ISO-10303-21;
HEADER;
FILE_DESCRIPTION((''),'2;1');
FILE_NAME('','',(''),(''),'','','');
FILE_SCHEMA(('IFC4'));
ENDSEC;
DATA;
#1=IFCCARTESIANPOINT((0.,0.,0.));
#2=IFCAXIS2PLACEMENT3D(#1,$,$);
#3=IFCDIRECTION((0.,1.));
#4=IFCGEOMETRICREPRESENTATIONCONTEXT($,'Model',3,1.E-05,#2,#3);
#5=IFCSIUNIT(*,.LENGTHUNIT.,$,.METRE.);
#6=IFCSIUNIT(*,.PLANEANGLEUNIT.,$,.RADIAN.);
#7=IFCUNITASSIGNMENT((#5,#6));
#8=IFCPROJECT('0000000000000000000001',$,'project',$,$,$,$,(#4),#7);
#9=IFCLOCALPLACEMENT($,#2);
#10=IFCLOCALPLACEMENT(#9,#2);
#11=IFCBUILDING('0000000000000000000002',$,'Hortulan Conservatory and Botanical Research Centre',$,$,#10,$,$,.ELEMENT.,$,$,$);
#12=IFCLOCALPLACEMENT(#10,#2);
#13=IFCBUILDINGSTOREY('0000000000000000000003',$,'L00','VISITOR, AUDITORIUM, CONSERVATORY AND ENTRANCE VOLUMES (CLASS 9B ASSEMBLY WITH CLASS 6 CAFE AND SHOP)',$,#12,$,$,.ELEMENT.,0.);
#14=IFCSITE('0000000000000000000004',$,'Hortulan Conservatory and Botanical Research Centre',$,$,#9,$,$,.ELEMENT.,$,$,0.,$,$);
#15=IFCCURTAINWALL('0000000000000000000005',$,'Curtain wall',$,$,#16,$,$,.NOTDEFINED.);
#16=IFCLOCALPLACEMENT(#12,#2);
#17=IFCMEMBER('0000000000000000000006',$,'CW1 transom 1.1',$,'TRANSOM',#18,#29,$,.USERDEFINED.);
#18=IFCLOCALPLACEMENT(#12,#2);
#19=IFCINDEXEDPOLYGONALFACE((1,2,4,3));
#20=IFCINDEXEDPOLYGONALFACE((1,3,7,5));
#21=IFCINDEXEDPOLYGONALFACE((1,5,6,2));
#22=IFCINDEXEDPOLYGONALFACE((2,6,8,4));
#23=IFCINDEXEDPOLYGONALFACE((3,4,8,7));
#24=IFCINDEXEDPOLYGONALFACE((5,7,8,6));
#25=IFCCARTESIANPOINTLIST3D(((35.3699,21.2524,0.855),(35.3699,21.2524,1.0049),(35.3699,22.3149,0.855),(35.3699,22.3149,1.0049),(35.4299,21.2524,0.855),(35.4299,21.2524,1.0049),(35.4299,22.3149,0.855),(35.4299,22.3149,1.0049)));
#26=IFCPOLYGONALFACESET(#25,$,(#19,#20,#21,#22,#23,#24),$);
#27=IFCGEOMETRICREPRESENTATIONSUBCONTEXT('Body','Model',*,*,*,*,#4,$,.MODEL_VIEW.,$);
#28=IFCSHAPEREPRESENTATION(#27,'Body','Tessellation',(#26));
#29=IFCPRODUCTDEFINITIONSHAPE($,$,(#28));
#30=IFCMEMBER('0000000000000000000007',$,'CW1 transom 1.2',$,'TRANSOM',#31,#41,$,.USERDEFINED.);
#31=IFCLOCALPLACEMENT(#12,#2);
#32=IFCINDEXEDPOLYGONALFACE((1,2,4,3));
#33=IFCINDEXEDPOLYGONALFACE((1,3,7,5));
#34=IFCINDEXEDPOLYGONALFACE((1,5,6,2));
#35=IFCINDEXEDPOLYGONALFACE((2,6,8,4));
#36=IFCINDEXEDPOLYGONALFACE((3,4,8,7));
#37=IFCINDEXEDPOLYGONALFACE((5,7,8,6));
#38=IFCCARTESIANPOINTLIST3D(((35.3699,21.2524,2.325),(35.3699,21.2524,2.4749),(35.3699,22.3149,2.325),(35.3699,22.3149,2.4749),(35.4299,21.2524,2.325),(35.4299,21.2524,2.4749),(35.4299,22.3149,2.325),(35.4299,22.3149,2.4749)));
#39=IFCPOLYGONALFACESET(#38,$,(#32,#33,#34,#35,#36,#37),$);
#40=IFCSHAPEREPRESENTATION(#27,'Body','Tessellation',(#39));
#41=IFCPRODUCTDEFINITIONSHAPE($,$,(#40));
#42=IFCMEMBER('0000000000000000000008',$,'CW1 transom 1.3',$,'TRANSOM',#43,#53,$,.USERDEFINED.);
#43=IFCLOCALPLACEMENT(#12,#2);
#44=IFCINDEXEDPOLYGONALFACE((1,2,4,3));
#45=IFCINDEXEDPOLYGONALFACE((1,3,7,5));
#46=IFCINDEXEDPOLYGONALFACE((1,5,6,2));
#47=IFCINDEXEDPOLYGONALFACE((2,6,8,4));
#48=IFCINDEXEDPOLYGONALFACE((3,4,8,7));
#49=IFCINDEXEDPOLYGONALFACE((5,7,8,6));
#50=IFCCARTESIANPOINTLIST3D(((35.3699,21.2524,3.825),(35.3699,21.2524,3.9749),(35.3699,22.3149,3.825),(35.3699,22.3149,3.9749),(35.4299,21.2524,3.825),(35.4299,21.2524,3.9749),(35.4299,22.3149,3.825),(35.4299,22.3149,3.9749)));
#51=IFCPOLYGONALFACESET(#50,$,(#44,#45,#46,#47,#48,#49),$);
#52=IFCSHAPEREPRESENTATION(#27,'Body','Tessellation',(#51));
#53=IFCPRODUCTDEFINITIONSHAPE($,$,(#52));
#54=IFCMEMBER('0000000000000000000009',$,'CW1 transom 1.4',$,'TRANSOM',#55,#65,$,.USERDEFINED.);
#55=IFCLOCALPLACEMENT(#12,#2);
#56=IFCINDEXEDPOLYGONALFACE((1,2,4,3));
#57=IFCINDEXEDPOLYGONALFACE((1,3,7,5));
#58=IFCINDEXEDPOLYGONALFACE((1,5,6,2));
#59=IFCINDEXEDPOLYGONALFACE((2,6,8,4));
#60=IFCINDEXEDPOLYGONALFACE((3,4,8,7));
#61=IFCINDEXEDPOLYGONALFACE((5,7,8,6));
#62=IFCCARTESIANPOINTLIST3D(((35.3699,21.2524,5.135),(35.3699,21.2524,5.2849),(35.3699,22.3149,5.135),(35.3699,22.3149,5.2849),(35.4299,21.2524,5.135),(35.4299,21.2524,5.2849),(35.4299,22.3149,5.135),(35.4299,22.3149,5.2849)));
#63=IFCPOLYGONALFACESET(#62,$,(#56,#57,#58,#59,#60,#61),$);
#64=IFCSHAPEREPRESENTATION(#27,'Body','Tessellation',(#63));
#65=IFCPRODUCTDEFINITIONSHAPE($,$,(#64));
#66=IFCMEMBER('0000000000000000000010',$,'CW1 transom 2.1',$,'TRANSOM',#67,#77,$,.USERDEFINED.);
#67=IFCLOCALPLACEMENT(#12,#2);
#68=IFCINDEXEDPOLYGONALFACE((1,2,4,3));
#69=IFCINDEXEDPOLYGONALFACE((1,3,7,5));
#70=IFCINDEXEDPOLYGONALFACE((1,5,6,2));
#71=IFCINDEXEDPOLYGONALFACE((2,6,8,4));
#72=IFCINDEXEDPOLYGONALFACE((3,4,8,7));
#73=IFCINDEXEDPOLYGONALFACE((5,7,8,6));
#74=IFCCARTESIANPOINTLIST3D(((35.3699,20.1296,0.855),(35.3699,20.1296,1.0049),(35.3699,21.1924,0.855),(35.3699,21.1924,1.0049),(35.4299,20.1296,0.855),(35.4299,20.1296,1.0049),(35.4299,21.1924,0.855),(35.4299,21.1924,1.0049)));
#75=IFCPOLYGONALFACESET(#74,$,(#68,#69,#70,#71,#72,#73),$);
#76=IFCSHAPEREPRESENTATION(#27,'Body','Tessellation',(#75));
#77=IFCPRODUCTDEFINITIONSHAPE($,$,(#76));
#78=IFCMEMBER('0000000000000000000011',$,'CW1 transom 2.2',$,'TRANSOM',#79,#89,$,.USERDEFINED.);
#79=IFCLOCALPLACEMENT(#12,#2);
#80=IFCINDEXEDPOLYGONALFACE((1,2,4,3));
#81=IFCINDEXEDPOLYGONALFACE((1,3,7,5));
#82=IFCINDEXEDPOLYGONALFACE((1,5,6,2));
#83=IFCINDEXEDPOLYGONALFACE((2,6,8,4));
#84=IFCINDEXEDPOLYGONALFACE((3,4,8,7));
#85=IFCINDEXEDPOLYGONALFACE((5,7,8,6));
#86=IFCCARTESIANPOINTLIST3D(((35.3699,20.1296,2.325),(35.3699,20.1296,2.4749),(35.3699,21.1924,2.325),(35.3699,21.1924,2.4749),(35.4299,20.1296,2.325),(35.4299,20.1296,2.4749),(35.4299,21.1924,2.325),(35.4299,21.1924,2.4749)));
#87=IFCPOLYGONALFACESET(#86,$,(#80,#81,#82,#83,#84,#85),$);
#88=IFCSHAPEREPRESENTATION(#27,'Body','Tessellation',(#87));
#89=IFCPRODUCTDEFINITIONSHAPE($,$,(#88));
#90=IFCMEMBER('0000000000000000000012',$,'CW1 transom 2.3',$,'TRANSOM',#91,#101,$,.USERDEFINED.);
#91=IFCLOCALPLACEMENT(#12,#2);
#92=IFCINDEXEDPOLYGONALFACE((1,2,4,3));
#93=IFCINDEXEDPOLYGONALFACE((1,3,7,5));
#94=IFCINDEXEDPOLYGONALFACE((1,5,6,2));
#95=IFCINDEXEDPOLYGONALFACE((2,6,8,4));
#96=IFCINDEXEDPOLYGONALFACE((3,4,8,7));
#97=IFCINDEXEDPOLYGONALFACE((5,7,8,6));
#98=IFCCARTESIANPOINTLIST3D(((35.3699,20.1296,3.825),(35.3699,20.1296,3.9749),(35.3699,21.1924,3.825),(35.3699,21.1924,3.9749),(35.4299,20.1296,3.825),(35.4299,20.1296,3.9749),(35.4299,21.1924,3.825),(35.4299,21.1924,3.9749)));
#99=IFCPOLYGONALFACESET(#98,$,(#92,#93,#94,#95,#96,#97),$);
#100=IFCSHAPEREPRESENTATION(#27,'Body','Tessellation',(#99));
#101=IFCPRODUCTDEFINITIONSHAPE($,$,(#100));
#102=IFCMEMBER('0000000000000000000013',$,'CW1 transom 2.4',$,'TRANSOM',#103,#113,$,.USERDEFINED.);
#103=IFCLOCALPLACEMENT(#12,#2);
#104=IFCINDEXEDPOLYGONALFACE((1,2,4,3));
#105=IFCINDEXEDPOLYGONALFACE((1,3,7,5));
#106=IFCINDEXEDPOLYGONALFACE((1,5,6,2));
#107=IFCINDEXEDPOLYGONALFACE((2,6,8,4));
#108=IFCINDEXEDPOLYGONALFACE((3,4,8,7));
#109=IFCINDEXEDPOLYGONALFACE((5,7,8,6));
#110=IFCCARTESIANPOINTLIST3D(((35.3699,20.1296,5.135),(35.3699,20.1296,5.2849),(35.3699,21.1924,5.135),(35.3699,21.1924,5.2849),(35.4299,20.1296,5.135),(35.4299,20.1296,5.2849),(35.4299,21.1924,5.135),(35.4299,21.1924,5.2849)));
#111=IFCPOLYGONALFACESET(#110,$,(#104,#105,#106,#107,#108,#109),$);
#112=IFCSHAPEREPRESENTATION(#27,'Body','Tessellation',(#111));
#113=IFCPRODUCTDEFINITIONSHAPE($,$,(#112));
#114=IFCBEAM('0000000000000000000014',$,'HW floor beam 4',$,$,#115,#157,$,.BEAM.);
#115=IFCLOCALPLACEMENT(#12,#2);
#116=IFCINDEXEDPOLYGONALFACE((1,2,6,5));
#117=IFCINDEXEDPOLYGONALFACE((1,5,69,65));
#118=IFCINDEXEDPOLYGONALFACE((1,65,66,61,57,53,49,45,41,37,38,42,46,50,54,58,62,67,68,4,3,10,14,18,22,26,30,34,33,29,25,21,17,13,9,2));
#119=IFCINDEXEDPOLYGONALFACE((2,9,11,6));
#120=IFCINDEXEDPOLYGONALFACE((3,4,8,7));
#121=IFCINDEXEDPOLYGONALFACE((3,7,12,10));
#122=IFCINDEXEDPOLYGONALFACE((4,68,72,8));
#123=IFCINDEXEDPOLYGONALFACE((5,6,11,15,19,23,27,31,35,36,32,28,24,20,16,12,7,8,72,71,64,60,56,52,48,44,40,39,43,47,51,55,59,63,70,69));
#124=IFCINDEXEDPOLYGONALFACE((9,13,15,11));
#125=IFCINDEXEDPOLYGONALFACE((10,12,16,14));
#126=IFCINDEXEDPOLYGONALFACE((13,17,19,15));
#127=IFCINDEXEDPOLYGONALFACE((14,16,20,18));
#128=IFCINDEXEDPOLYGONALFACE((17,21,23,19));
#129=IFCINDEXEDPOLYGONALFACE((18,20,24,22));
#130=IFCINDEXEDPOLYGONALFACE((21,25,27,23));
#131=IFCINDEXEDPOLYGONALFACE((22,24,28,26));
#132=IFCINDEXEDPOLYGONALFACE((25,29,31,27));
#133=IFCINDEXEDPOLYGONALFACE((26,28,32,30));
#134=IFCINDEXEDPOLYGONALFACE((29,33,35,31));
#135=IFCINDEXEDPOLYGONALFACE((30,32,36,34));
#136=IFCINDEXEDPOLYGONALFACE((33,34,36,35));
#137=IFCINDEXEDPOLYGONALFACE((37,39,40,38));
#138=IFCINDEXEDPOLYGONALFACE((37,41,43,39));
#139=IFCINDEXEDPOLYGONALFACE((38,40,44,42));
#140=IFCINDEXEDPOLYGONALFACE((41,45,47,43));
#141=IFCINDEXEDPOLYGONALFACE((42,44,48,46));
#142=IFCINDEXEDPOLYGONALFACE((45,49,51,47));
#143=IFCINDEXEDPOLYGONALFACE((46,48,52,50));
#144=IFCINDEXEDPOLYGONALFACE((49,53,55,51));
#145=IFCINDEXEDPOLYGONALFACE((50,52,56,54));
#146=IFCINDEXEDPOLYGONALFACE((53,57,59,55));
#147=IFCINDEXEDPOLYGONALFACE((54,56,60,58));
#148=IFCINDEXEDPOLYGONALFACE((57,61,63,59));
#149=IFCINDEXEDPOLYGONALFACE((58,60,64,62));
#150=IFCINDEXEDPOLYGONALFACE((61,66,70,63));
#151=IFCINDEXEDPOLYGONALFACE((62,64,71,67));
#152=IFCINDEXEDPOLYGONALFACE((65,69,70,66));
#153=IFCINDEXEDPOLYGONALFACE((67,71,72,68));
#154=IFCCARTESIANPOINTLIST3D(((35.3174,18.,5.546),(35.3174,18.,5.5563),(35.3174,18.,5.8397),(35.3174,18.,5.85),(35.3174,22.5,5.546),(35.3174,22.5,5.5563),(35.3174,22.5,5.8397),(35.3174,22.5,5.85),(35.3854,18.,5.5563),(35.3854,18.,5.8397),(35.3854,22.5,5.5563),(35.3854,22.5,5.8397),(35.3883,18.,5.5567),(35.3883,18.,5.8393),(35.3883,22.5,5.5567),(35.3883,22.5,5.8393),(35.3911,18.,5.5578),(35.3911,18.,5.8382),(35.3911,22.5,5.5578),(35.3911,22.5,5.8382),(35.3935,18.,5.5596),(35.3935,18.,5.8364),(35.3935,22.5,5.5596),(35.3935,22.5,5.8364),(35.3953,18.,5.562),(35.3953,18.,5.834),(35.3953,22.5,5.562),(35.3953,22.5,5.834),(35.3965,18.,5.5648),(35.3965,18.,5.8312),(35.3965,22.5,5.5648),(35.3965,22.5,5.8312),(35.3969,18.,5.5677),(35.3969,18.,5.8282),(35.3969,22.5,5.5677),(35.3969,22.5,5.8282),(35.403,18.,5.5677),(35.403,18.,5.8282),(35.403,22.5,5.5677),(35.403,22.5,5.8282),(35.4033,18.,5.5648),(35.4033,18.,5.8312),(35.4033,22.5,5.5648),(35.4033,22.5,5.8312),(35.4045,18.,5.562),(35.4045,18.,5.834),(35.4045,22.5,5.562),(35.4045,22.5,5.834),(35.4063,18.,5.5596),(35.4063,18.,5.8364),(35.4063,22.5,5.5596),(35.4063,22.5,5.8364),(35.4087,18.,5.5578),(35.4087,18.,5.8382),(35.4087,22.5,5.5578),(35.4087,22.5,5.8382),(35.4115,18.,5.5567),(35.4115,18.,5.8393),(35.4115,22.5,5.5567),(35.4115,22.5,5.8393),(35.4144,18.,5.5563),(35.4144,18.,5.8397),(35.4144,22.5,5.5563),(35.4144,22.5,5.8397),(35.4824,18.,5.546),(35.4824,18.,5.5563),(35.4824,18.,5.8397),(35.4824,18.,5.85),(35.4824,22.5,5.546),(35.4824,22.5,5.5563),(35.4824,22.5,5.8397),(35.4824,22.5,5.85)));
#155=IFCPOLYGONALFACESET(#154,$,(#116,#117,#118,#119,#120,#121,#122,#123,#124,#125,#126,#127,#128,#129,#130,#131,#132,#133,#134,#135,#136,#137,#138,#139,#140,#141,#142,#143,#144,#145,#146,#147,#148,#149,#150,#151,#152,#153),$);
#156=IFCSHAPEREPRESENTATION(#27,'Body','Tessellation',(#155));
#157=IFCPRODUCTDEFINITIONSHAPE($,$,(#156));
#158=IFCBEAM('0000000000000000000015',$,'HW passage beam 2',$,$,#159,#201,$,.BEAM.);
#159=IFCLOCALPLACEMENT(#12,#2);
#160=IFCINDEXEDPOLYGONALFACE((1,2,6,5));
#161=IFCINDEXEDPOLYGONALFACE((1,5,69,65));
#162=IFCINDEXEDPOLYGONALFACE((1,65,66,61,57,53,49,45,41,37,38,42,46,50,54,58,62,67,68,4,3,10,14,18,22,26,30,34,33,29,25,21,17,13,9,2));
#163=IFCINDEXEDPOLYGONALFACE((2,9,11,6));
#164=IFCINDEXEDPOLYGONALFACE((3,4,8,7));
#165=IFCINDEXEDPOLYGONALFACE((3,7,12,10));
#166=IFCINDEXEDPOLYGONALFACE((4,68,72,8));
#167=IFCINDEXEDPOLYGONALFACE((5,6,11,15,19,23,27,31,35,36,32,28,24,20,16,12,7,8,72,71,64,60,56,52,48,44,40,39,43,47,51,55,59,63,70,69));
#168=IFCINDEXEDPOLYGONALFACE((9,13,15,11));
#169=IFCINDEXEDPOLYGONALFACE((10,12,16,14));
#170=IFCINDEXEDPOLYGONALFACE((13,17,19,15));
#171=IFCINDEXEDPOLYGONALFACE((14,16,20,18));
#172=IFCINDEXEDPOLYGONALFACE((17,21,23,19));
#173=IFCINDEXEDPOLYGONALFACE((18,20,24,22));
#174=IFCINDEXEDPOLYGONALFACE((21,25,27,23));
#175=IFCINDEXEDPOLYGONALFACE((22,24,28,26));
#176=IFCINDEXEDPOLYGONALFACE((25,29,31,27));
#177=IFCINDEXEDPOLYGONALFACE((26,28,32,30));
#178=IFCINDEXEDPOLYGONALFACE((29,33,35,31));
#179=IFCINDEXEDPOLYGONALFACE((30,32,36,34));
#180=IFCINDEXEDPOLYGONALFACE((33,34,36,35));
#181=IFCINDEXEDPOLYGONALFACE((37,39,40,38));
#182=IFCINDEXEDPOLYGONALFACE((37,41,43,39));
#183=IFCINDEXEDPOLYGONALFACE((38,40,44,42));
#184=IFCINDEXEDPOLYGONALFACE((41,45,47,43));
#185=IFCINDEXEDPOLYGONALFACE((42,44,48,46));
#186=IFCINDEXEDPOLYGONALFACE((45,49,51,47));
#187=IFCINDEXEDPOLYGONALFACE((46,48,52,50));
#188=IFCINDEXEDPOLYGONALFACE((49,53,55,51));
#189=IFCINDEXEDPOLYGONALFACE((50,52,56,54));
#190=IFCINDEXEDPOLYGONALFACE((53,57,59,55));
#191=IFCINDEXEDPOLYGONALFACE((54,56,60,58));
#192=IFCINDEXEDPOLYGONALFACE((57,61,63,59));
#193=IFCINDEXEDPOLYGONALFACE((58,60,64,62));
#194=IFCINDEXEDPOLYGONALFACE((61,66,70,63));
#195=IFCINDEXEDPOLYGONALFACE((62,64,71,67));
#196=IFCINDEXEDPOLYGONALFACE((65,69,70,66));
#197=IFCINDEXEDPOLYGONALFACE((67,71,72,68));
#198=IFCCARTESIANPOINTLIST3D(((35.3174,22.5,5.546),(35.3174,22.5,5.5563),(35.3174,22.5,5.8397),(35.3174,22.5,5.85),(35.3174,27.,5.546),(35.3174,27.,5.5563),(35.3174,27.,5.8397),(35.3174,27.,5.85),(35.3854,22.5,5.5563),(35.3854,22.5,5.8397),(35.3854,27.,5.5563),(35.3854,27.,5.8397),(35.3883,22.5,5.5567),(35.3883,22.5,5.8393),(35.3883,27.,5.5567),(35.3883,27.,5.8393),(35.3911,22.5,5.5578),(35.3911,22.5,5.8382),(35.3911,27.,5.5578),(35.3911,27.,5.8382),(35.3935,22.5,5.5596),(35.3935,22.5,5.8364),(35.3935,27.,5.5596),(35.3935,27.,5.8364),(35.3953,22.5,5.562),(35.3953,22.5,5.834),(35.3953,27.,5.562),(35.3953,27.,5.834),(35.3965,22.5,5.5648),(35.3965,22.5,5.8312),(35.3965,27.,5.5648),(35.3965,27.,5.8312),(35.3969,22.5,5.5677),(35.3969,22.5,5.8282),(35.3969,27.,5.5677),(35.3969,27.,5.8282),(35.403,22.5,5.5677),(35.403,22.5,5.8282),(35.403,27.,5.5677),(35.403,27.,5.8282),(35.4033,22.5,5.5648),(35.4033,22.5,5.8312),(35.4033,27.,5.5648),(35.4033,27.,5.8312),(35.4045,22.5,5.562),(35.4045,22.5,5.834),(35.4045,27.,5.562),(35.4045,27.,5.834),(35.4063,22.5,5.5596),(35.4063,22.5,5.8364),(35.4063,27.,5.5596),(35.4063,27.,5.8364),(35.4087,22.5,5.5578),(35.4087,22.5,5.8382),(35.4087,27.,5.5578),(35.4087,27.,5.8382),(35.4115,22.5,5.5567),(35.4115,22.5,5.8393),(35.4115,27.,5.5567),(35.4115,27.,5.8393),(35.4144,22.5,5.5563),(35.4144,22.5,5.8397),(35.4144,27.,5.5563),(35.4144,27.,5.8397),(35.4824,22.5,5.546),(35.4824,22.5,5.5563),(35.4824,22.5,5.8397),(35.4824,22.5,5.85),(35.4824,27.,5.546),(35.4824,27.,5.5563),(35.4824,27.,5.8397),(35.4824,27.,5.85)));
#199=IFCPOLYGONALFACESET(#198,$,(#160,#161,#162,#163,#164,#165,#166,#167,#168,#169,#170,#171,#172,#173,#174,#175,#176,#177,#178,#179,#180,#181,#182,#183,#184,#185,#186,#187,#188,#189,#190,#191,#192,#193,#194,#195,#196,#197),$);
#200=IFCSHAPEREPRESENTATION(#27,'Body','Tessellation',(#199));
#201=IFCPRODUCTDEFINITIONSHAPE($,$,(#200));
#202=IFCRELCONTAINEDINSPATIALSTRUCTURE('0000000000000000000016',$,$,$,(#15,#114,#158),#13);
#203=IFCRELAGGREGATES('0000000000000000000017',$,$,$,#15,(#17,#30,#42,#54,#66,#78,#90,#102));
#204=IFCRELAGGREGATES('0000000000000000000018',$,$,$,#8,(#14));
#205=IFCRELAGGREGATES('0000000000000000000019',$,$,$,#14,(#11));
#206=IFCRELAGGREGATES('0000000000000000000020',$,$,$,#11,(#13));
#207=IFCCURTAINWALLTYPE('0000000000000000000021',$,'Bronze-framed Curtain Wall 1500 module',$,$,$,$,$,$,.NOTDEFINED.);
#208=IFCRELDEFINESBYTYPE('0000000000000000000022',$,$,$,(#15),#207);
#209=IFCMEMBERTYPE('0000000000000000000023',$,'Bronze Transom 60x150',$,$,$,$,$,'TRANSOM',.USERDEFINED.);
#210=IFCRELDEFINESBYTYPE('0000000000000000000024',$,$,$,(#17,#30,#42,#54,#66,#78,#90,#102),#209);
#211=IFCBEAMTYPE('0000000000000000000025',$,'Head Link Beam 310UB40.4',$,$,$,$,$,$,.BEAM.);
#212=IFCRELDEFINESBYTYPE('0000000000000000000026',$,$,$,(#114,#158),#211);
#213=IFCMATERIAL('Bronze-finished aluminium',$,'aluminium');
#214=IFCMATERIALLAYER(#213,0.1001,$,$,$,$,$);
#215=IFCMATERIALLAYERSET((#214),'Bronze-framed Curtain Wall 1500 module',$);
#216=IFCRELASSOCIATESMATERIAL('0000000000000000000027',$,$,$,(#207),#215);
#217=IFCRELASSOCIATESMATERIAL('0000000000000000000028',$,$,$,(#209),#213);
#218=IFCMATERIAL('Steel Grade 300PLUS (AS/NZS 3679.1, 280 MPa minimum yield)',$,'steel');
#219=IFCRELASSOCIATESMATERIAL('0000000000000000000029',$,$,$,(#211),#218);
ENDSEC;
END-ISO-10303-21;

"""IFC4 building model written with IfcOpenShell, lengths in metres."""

from ifc_helpers import new_model, si_unit, direction, frame, origin, origin_2d, place, context, subcontext, project, spatial, rectangle, i_section, extrude, material, layer, layer_set, material_profile, profile_set, type_object, element, aggregate, save


model = new_model("IFC4")

# Units and contexts
model_context = context("Model", 3, precision=1e-05, world=origin(), true_north=direction((0.0, 1.0)))
body_context = subcontext(model_context, "Body", "Model", "MODEL_VIEW")
ifc_project = project(units=[si_unit("LENGTHUNIT", "METRE"), si_unit("PLANEANGLEUNIT", "RADIAN")], contexts=[model_context])

# Site, building, storey
site_placement = place(None, origin())
site = spatial("IfcSite", under=ifc_project, at=site_placement, Name="Hortulan Conservatory and Botanical Research Centre", CompositionType="ELEMENT", RefElevation=0.0)
building_placement = place(site_placement, origin())
building = spatial("IfcBuilding", under=site, at=building_placement, Name="Hortulan Conservatory and Botanical Research Centre", CompositionType="ELEMENT")
storey_placement = place(building_placement, origin())
storey = spatial("IfcBuildingStorey", under=building, at=storey_placement, Name="L00", Description="VISITOR, AUDITORIUM, CONSERVATORY AND ENTRANCE VOLUMES (CLASS 9B ASSEMBLY WITH CLASS 6 CAFE AND SHOP)", CompositionType="ELEMENT", Elevation=0.0)

# Shared definitions
ifc_material_1 = material(Name="Bronze-finished aluminium", Category="aluminium")
ifc_layer_1 = layer(ifc_material_1, 0.1001)
ifc_layer_set_1 = layer_set([ifc_layer_1], Name="Bronze-framed Curtain Wall 1500 module")
curtain_wall_type = type_object("IfcCurtainWallType", Name="Bronze-framed Curtain Wall 1500 module", PredefinedType="NOTDEFINED", material=ifc_layer_set_1)

# Curtain wall, members
curtain_wall_1_placement = place(storey_placement, origin())
curtain_wall_1 = element("IfcCurtainWall", 1, at=curtain_wall_1_placement, inside=storey, type_object=curtain_wall_type, Name="Curtain wall", PredefinedType="NOTDEFINED")
ifc_material_profile_1 = material_profile(ifc_material_1, rectangle(XDim=0.0601, YDim=0.1499, at=origin_2d()), Name="Bronze Transom 60x150")
ifc_profile_set_1 = profile_set([ifc_material_profile_1], Name="Bronze-finished aluminium")
member_type_1 = type_object("IfcMemberType", Name="Bronze Transom 60x150", ElementType="TRANSOM", PredefinedType="USERDEFINED", material=ifc_profile_set_1)
member_1_placement = place(storey_placement, frame((35.3999, 22.3149, 0.9299), z_axis=(0.0, -1.0, 0.0), x_axis=(1.0, 0.0, 0.0)))
member_1 = element("IfcMember", 2, at=member_1_placement, type_object=member_type_1, Name="CW1 transom 1.1", ObjectType="TRANSOM", PredefinedType="USERDEFINED", context=body_context, shape_type="SweptSolid", body=[
    extrude(rectangle(XDim=0.0601, YDim=0.1499, at=origin_2d()), origin(), (0.0, 0.0, 1.0), 1.0625),
])
member_2_placement = place(storey_placement, frame((35.3999, 22.3149, 2.3999), z_axis=(0.0, -1.0, 0.0), x_axis=(1.0, 0.0, 0.0)))
member_2 = element("IfcMember", 3, at=member_2_placement, type_object=member_type_1, Name="CW1 transom 1.2", ObjectType="TRANSOM", PredefinedType="USERDEFINED", context=body_context, shape_type="SweptSolid", body=[
    extrude(rectangle(XDim=0.0601, YDim=0.1499, at=origin_2d()), origin(), (0.0, 0.0, 1.0), 1.0625),
])
member_3_placement = place(storey_placement, frame((35.3999, 22.3149, 3.8999), z_axis=(0.0, -1.0, 0.0), x_axis=(1.0, 0.0, 0.0)))
member_3 = element("IfcMember", 4, at=member_3_placement, type_object=member_type_1, Name="CW1 transom 1.3", ObjectType="TRANSOM", PredefinedType="USERDEFINED", context=body_context, shape_type="SweptSolid", body=[
    extrude(rectangle(XDim=0.0601, YDim=0.1499, at=origin_2d()), origin(), (0.0, 0.0, 1.0), 1.0625),
])
member_4_placement = place(storey_placement, frame((35.3999, 22.3149, 5.21), z_axis=(0.0, -1.0, 0.0), x_axis=(1.0, 0.0, 0.0)))
member_4 = element("IfcMember", 5, at=member_4_placement, type_object=member_type_1, Name="CW1 transom 1.4", ObjectType="TRANSOM", PredefinedType="USERDEFINED", context=body_context, shape_type="SweptSolid", body=[
    extrude(rectangle(XDim=0.0601, YDim=0.1499, at=origin_2d()), origin(), (0.0, 0.0, 1.0), 1.0625),
])
member_5_placement = place(storey_placement, frame((35.3999, 21.1924, 0.9299), z_axis=(0.0, -1.0, 0.0), x_axis=(1.0, 0.0, 0.0)))
member_5 = element("IfcMember", 6, at=member_5_placement, type_object=member_type_1, Name="CW1 transom 2.1", ObjectType="TRANSOM", PredefinedType="USERDEFINED", context=body_context, shape_type="SweptSolid", body=[
    extrude(rectangle(XDim=0.0601, YDim=0.1499, at=origin_2d()), origin(), (0.0, 0.0, 1.0), 1.0627),
])
member_6_placement = place(storey_placement, frame((35.3999, 21.1924, 2.3999), z_axis=(0.0, -1.0, 0.0), x_axis=(1.0, 0.0, 0.0)))
member_6 = element("IfcMember", 7, at=member_6_placement, type_object=member_type_1, Name="CW1 transom 2.2", ObjectType="TRANSOM", PredefinedType="USERDEFINED", context=body_context, shape_type="SweptSolid", body=[
    extrude(rectangle(XDim=0.0601, YDim=0.1499, at=origin_2d()), origin(), (0.0, 0.0, 1.0), 1.0627),
])
member_7_placement = place(storey_placement, frame((35.3999, 21.1924, 3.8999), z_axis=(0.0, -1.0, 0.0), x_axis=(1.0, 0.0, 0.0)))
member_7 = element("IfcMember", 8, at=member_7_placement, type_object=member_type_1, Name="CW1 transom 2.3", ObjectType="TRANSOM", PredefinedType="USERDEFINED", context=body_context, shape_type="SweptSolid", body=[
    extrude(rectangle(XDim=0.0601, YDim=0.1499, at=origin_2d()), origin(), (0.0, 0.0, 1.0), 1.0627),
])
member_8_placement = place(storey_placement, frame((35.3999, 21.1924, 5.21), z_axis=(0.0, -1.0, 0.0), x_axis=(1.0, 0.0, 0.0)))
member_8 = element("IfcMember", 9, at=member_8_placement, type_object=member_type_1, Name="CW1 transom 2.4", ObjectType="TRANSOM", PredefinedType="USERDEFINED", context=body_context, shape_type="SweptSolid", body=[
    extrude(rectangle(XDim=0.0601, YDim=0.1499, at=origin_2d()), origin(), (0.0, 0.0, 1.0), 1.0627),
])

# Beams
ifc_material_2 = material(Name="Steel Grade 300PLUS (AS/NZS 3679.1, 280 MPa minimum yield)", Category="steel")
ifc_material_profile_2 = material_profile(ifc_material_2, i_section(OverallWidth=0.165, OverallDepth=0.304, WebThickness=0.0061, FlangeThickness=0.0103, FilletRadius=0.0115, at=origin_2d()), Name="310UB40.4")
ifc_profile_set_2 = profile_set([ifc_material_profile_2], Name="Steel Grade 300PLUS (AS/NZS 3679.1, 280 MPa minimum yield)")
beam_type = type_object("IfcBeamType", Name="Head Link Beam 310UB40.4", PredefinedType="BEAM", material=ifc_profile_set_2)
for number, where, z_axis, x_axis, name in (
    (10, (35.3999, 18.0, 5.698), (0.0, 1.0, 0.0), (-1.0, 0.0, 0.0), "HW floor beam 4"),
    (11, (35.3999, 22.5, 5.698), (0.0, 1.0, 0.0), (-1.0, 0.0, 0.0), "HW passage beam 2"),
):
    element("IfcBeam", number, at=place(storey_placement, frame(where, z_axis=z_axis, x_axis=x_axis)), inside=storey, type_object=beam_type, Name=name, PredefinedType="BEAM", context=body_context, shape_type="SweptSolid", body=[
        extrude(i_section(OverallWidth=0.165, OverallDepth=0.304, WebThickness=0.0061, FlangeThickness=0.0103, FilletRadius=0.0115, at=origin_2d()), origin(), (0.0, 0.0, 1.0), 4.5),
    ])

aggregate(curtain_wall_1, [member_1, member_2, member_3, member_4, member_5, member_6, member_7, member_8])

save(model, "model.ifc")
